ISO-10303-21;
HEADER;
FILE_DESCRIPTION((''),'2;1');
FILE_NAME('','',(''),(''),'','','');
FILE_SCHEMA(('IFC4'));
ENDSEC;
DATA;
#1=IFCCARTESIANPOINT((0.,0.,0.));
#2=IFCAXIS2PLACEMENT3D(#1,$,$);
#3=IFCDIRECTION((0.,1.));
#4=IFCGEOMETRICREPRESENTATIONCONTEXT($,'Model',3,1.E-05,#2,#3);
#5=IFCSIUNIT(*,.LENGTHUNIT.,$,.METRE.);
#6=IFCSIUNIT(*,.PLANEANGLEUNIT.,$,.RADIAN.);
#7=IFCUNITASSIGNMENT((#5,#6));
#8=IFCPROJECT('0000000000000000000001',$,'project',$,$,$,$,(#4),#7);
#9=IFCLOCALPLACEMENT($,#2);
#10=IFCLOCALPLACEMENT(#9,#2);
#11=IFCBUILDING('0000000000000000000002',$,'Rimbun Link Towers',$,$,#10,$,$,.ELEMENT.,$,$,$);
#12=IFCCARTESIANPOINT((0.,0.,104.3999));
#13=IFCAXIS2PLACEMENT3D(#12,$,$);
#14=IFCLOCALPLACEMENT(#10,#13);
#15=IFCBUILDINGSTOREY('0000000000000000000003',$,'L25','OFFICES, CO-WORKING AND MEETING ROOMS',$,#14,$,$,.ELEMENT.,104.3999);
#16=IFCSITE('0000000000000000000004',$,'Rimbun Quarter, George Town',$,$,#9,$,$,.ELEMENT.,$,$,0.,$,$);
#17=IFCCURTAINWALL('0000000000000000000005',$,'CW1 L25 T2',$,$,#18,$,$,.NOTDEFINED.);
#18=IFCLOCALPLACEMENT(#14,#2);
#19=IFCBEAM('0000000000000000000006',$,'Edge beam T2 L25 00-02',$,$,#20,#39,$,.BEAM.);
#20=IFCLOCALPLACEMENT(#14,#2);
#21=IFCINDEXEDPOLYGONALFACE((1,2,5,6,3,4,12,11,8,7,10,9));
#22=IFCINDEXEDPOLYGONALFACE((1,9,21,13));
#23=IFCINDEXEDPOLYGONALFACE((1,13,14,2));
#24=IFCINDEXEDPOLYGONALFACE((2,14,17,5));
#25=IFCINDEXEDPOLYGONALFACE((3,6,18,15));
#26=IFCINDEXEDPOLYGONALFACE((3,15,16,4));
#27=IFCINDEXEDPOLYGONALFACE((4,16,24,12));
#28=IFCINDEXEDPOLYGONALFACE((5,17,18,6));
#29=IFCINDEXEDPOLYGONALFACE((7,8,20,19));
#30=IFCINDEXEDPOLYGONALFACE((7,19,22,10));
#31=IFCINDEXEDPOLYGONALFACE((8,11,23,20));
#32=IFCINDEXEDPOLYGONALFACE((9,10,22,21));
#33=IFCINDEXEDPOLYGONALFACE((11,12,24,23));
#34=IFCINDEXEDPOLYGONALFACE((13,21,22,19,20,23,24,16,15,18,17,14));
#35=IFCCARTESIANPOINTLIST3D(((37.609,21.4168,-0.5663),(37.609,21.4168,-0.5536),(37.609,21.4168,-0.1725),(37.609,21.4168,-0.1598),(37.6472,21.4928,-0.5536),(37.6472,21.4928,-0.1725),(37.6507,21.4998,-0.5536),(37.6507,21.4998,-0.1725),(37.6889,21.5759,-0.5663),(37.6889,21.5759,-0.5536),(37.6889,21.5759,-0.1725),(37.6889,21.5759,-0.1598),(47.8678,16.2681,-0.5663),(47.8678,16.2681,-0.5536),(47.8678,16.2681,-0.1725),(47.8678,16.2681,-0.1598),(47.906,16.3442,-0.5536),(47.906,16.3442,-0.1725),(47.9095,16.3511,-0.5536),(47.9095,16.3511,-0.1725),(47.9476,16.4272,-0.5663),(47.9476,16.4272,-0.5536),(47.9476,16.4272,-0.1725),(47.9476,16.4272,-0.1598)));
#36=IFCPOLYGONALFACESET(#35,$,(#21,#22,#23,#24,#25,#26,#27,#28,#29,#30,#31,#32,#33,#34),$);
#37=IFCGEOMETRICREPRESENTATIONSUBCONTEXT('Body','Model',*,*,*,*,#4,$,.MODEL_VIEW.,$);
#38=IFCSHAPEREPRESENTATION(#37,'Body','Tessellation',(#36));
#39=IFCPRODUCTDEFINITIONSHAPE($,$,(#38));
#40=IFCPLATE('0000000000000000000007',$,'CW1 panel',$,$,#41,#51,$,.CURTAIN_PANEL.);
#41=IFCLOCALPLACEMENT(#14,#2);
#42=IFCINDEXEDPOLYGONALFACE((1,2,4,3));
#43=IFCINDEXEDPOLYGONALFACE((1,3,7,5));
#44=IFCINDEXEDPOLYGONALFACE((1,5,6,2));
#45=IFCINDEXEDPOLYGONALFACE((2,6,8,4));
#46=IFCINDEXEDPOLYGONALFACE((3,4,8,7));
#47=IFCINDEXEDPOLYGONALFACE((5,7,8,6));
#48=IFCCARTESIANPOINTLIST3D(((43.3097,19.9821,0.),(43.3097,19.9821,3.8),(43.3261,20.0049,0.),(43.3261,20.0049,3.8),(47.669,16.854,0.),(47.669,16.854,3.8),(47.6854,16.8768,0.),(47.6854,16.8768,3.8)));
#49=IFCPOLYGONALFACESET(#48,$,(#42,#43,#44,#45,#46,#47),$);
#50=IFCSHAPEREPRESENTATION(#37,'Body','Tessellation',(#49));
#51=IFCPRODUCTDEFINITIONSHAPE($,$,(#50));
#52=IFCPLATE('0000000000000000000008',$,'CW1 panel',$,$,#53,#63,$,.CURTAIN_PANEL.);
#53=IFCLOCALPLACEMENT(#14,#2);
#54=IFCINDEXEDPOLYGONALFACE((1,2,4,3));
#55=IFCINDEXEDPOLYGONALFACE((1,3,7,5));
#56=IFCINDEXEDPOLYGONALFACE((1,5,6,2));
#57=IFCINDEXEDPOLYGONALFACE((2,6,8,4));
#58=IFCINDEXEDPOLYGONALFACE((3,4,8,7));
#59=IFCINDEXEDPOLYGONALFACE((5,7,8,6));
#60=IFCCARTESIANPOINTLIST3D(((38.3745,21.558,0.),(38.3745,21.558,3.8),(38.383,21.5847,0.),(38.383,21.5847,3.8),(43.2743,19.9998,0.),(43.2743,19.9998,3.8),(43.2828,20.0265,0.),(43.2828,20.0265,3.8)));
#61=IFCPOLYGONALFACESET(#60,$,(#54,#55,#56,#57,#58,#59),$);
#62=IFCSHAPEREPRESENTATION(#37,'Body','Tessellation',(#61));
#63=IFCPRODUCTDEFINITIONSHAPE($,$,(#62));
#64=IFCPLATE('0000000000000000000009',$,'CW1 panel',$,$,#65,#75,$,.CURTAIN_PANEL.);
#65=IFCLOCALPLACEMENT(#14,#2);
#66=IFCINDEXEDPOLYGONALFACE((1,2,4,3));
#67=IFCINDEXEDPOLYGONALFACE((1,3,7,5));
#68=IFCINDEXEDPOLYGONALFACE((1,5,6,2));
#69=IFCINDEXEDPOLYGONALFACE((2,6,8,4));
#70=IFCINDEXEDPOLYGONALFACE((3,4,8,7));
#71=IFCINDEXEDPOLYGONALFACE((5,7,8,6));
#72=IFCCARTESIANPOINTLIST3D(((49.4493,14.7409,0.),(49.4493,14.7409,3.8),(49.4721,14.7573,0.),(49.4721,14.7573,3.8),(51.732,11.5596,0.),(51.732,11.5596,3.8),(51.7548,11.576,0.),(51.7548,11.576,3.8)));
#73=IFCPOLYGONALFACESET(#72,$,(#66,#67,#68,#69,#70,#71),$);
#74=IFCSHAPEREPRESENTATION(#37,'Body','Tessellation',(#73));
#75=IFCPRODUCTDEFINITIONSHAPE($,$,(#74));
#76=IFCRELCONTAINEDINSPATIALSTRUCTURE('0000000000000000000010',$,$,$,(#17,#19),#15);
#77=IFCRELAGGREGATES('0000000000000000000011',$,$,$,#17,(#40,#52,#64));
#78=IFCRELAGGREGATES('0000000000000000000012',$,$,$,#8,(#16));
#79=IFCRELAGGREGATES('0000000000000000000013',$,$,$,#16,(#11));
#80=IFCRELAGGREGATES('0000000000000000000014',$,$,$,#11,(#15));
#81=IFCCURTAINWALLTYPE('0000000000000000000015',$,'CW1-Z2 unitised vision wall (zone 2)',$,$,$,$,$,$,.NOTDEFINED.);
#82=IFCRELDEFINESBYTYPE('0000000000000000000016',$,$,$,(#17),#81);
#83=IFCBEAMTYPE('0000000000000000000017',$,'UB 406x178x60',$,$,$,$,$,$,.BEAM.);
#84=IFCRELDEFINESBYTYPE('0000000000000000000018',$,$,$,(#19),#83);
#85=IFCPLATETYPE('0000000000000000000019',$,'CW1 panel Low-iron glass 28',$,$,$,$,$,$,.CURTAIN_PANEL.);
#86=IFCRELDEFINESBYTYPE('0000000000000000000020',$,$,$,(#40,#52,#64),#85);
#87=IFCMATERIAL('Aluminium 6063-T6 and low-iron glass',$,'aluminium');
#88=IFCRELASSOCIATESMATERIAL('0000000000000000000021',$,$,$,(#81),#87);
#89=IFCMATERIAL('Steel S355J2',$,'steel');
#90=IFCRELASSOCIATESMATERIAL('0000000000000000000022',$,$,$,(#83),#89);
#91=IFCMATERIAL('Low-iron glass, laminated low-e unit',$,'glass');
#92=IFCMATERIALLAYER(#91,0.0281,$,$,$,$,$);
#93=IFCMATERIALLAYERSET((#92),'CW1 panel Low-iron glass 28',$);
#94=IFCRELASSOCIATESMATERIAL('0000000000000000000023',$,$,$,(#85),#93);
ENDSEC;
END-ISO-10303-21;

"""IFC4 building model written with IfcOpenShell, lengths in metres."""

from ifc_helpers import new_model, si_unit, direction, frame, origin, origin_2d, place, context, subcontext, project, spatial, rectangle, i_section, extrude, material, layer, layer_set, material_profile, profile_set, type_object, element, aggregate, save


model = new_model("IFC4")

# Units and contexts
model_context = context("Model", 3, precision=1e-05, world=origin(), true_north=direction((0.0, 1.0)))
body_context = subcontext(model_context, "Body", "Model", "MODEL_VIEW")
ifc_project = project(units=[si_unit("LENGTHUNIT", "METRE"), si_unit("PLANEANGLEUNIT", "RADIAN")], contexts=[model_context])

# Site, building, storey
site_placement = place(None, origin())
site = spatial("IfcSite", under=ifc_project, at=site_placement, Name="Rimbun Quarter, George Town", CompositionType="ELEMENT", RefElevation=0.0)
building_placement = place(site_placement, origin())
building = spatial("IfcBuilding", under=site, at=building_placement, Name="Rimbun Link Towers", CompositionType="ELEMENT")
storey_placement = place(building_placement, frame((0.0, 0.0, 104.3999)))
storey = spatial("IfcBuildingStorey", under=building, at=storey_placement, Name="L25", Description="OFFICES, CO-WORKING AND MEETING ROOMS", CompositionType="ELEMENT", Elevation=104.3999)

# Curtain wall
ifc_material_1 = material(Name="Aluminium 6063-T6 and low-iron glass", Category="aluminium")
curtain_wall_type = type_object("IfcCurtainWallType", Name="CW1-Z2 unitised vision wall (zone 2)", PredefinedType="NOTDEFINED", material=ifc_material_1)
curtain_wall_placement = place(storey_placement, origin())
curtain_wall = element("IfcCurtainWall", 1, at=curtain_wall_placement, inside=storey, type_object=curtain_wall_type, Name="CW1 L25 T2", PredefinedType="NOTDEFINED")

# Beam
ifc_material_2 = material(Name="Steel S355J2", Category="steel")
ifc_material_profile_1 = material_profile(ifc_material_2, i_section(OverallWidth=0.178, OverallDepth=0.4065, WebThickness=0.0078, FlangeThickness=0.0127, at=origin_2d()), Name="UB 406x178x60")
ifc_profile_set_1 = profile_set([ifc_material_profile_1], Name="Steel S355J2")
beam_type_1 = type_object("IfcBeamType", Name="UB 406x178x60", PredefinedType="BEAM", material=ifc_profile_set_1)
beam_1_placement = place(storey_placement, frame((47.9077, 16.3477, -0.363), z_axis=(-0.893754, 0.448557, 0.0), x_axis=(-0.448557, -0.893754, 0.0)))
element("IfcBeam", 2, at=beam_1_placement, inside=storey, type_object=beam_type_1, Name="Edge beam T2 L25 00-02", PredefinedType="BEAM", context=body_context, shape_type="SweptSolid", body=[
    extrude(i_section(OverallWidth=0.178, OverallDepth=0.4065, WebThickness=0.0078, FlangeThickness=0.0127, at=origin_2d()), origin(), (0.0, 0.0, 1.0), 11.4783),
])

# Plates
ifc_material_3 = material(Name="Low-iron glass, laminated low-e unit", Category="glass")
ifc_layer = layer(ifc_material_3, 0.0281)
ifc_layer_set = layer_set([ifc_layer], Name="CW1 panel Low-iron glass 28")
plate_type = type_object("IfcPlateType", Name="CW1 panel Low-iron glass 28", PredefinedType="CURTAIN_PANEL", material=ifc_layer_set)
plate_1_placement = place(storey_placement, frame((45.4976, 18.4294, 0.0), z_axis=(0.0, 0.0, 1.0), x_axis=(0.812467, -0.583007, 0.0)))
plate_1 = element("IfcPlate", 3, at=plate_1_placement, type_object=plate_type, Name="CW1 panel", PredefinedType="CURTAIN_PANEL", context=body_context, shape_type="SweptSolid", body=[
    extrude(rectangle(XDim=5.3655, YDim=0.0281, at=origin_2d()), origin(), (0.0, 0.0, 1.0), 3.8),
])
plate_2_placement = place(storey_placement, frame((40.8286, 20.7922, 0.0), z_axis=(0.0, 0.0, 1.0), x_axis=(0.952972, -0.303057, 0.0)))
plate_2 = element("IfcPlate", 4, at=plate_2_placement, type_object=plate_type, Name="CW1 panel", PredefinedType="CURTAIN_PANEL", context=body_context, shape_type="SweptSolid", body=[
    extrude(rectangle(XDim=5.1416, YDim=0.0281, at=origin_2d()), origin(), (0.0, 0.0, 1.0), 3.8),
])
plate_3_placement = place(storey_placement, frame((50.6021, 13.1584, 0.0), z_axis=(0.0, 0.0, 1.0), x_axis=(0.583007, -0.812467, 0.0)))
plate_3 = element("IfcPlate", 5, at=plate_3_placement, type_object=plate_type, Name="CW1 panel", PredefinedType="CURTAIN_PANEL", context=body_context, shape_type="SweptSolid", body=[
    extrude(rectangle(XDim=3.9155, YDim=0.0281, at=origin_2d()), origin(), (0.0, 0.0, 1.0), 3.8),
])
aggregate(curtain_wall, [plate_1, plate_2, plate_3])

save(model, "model.ifc")
